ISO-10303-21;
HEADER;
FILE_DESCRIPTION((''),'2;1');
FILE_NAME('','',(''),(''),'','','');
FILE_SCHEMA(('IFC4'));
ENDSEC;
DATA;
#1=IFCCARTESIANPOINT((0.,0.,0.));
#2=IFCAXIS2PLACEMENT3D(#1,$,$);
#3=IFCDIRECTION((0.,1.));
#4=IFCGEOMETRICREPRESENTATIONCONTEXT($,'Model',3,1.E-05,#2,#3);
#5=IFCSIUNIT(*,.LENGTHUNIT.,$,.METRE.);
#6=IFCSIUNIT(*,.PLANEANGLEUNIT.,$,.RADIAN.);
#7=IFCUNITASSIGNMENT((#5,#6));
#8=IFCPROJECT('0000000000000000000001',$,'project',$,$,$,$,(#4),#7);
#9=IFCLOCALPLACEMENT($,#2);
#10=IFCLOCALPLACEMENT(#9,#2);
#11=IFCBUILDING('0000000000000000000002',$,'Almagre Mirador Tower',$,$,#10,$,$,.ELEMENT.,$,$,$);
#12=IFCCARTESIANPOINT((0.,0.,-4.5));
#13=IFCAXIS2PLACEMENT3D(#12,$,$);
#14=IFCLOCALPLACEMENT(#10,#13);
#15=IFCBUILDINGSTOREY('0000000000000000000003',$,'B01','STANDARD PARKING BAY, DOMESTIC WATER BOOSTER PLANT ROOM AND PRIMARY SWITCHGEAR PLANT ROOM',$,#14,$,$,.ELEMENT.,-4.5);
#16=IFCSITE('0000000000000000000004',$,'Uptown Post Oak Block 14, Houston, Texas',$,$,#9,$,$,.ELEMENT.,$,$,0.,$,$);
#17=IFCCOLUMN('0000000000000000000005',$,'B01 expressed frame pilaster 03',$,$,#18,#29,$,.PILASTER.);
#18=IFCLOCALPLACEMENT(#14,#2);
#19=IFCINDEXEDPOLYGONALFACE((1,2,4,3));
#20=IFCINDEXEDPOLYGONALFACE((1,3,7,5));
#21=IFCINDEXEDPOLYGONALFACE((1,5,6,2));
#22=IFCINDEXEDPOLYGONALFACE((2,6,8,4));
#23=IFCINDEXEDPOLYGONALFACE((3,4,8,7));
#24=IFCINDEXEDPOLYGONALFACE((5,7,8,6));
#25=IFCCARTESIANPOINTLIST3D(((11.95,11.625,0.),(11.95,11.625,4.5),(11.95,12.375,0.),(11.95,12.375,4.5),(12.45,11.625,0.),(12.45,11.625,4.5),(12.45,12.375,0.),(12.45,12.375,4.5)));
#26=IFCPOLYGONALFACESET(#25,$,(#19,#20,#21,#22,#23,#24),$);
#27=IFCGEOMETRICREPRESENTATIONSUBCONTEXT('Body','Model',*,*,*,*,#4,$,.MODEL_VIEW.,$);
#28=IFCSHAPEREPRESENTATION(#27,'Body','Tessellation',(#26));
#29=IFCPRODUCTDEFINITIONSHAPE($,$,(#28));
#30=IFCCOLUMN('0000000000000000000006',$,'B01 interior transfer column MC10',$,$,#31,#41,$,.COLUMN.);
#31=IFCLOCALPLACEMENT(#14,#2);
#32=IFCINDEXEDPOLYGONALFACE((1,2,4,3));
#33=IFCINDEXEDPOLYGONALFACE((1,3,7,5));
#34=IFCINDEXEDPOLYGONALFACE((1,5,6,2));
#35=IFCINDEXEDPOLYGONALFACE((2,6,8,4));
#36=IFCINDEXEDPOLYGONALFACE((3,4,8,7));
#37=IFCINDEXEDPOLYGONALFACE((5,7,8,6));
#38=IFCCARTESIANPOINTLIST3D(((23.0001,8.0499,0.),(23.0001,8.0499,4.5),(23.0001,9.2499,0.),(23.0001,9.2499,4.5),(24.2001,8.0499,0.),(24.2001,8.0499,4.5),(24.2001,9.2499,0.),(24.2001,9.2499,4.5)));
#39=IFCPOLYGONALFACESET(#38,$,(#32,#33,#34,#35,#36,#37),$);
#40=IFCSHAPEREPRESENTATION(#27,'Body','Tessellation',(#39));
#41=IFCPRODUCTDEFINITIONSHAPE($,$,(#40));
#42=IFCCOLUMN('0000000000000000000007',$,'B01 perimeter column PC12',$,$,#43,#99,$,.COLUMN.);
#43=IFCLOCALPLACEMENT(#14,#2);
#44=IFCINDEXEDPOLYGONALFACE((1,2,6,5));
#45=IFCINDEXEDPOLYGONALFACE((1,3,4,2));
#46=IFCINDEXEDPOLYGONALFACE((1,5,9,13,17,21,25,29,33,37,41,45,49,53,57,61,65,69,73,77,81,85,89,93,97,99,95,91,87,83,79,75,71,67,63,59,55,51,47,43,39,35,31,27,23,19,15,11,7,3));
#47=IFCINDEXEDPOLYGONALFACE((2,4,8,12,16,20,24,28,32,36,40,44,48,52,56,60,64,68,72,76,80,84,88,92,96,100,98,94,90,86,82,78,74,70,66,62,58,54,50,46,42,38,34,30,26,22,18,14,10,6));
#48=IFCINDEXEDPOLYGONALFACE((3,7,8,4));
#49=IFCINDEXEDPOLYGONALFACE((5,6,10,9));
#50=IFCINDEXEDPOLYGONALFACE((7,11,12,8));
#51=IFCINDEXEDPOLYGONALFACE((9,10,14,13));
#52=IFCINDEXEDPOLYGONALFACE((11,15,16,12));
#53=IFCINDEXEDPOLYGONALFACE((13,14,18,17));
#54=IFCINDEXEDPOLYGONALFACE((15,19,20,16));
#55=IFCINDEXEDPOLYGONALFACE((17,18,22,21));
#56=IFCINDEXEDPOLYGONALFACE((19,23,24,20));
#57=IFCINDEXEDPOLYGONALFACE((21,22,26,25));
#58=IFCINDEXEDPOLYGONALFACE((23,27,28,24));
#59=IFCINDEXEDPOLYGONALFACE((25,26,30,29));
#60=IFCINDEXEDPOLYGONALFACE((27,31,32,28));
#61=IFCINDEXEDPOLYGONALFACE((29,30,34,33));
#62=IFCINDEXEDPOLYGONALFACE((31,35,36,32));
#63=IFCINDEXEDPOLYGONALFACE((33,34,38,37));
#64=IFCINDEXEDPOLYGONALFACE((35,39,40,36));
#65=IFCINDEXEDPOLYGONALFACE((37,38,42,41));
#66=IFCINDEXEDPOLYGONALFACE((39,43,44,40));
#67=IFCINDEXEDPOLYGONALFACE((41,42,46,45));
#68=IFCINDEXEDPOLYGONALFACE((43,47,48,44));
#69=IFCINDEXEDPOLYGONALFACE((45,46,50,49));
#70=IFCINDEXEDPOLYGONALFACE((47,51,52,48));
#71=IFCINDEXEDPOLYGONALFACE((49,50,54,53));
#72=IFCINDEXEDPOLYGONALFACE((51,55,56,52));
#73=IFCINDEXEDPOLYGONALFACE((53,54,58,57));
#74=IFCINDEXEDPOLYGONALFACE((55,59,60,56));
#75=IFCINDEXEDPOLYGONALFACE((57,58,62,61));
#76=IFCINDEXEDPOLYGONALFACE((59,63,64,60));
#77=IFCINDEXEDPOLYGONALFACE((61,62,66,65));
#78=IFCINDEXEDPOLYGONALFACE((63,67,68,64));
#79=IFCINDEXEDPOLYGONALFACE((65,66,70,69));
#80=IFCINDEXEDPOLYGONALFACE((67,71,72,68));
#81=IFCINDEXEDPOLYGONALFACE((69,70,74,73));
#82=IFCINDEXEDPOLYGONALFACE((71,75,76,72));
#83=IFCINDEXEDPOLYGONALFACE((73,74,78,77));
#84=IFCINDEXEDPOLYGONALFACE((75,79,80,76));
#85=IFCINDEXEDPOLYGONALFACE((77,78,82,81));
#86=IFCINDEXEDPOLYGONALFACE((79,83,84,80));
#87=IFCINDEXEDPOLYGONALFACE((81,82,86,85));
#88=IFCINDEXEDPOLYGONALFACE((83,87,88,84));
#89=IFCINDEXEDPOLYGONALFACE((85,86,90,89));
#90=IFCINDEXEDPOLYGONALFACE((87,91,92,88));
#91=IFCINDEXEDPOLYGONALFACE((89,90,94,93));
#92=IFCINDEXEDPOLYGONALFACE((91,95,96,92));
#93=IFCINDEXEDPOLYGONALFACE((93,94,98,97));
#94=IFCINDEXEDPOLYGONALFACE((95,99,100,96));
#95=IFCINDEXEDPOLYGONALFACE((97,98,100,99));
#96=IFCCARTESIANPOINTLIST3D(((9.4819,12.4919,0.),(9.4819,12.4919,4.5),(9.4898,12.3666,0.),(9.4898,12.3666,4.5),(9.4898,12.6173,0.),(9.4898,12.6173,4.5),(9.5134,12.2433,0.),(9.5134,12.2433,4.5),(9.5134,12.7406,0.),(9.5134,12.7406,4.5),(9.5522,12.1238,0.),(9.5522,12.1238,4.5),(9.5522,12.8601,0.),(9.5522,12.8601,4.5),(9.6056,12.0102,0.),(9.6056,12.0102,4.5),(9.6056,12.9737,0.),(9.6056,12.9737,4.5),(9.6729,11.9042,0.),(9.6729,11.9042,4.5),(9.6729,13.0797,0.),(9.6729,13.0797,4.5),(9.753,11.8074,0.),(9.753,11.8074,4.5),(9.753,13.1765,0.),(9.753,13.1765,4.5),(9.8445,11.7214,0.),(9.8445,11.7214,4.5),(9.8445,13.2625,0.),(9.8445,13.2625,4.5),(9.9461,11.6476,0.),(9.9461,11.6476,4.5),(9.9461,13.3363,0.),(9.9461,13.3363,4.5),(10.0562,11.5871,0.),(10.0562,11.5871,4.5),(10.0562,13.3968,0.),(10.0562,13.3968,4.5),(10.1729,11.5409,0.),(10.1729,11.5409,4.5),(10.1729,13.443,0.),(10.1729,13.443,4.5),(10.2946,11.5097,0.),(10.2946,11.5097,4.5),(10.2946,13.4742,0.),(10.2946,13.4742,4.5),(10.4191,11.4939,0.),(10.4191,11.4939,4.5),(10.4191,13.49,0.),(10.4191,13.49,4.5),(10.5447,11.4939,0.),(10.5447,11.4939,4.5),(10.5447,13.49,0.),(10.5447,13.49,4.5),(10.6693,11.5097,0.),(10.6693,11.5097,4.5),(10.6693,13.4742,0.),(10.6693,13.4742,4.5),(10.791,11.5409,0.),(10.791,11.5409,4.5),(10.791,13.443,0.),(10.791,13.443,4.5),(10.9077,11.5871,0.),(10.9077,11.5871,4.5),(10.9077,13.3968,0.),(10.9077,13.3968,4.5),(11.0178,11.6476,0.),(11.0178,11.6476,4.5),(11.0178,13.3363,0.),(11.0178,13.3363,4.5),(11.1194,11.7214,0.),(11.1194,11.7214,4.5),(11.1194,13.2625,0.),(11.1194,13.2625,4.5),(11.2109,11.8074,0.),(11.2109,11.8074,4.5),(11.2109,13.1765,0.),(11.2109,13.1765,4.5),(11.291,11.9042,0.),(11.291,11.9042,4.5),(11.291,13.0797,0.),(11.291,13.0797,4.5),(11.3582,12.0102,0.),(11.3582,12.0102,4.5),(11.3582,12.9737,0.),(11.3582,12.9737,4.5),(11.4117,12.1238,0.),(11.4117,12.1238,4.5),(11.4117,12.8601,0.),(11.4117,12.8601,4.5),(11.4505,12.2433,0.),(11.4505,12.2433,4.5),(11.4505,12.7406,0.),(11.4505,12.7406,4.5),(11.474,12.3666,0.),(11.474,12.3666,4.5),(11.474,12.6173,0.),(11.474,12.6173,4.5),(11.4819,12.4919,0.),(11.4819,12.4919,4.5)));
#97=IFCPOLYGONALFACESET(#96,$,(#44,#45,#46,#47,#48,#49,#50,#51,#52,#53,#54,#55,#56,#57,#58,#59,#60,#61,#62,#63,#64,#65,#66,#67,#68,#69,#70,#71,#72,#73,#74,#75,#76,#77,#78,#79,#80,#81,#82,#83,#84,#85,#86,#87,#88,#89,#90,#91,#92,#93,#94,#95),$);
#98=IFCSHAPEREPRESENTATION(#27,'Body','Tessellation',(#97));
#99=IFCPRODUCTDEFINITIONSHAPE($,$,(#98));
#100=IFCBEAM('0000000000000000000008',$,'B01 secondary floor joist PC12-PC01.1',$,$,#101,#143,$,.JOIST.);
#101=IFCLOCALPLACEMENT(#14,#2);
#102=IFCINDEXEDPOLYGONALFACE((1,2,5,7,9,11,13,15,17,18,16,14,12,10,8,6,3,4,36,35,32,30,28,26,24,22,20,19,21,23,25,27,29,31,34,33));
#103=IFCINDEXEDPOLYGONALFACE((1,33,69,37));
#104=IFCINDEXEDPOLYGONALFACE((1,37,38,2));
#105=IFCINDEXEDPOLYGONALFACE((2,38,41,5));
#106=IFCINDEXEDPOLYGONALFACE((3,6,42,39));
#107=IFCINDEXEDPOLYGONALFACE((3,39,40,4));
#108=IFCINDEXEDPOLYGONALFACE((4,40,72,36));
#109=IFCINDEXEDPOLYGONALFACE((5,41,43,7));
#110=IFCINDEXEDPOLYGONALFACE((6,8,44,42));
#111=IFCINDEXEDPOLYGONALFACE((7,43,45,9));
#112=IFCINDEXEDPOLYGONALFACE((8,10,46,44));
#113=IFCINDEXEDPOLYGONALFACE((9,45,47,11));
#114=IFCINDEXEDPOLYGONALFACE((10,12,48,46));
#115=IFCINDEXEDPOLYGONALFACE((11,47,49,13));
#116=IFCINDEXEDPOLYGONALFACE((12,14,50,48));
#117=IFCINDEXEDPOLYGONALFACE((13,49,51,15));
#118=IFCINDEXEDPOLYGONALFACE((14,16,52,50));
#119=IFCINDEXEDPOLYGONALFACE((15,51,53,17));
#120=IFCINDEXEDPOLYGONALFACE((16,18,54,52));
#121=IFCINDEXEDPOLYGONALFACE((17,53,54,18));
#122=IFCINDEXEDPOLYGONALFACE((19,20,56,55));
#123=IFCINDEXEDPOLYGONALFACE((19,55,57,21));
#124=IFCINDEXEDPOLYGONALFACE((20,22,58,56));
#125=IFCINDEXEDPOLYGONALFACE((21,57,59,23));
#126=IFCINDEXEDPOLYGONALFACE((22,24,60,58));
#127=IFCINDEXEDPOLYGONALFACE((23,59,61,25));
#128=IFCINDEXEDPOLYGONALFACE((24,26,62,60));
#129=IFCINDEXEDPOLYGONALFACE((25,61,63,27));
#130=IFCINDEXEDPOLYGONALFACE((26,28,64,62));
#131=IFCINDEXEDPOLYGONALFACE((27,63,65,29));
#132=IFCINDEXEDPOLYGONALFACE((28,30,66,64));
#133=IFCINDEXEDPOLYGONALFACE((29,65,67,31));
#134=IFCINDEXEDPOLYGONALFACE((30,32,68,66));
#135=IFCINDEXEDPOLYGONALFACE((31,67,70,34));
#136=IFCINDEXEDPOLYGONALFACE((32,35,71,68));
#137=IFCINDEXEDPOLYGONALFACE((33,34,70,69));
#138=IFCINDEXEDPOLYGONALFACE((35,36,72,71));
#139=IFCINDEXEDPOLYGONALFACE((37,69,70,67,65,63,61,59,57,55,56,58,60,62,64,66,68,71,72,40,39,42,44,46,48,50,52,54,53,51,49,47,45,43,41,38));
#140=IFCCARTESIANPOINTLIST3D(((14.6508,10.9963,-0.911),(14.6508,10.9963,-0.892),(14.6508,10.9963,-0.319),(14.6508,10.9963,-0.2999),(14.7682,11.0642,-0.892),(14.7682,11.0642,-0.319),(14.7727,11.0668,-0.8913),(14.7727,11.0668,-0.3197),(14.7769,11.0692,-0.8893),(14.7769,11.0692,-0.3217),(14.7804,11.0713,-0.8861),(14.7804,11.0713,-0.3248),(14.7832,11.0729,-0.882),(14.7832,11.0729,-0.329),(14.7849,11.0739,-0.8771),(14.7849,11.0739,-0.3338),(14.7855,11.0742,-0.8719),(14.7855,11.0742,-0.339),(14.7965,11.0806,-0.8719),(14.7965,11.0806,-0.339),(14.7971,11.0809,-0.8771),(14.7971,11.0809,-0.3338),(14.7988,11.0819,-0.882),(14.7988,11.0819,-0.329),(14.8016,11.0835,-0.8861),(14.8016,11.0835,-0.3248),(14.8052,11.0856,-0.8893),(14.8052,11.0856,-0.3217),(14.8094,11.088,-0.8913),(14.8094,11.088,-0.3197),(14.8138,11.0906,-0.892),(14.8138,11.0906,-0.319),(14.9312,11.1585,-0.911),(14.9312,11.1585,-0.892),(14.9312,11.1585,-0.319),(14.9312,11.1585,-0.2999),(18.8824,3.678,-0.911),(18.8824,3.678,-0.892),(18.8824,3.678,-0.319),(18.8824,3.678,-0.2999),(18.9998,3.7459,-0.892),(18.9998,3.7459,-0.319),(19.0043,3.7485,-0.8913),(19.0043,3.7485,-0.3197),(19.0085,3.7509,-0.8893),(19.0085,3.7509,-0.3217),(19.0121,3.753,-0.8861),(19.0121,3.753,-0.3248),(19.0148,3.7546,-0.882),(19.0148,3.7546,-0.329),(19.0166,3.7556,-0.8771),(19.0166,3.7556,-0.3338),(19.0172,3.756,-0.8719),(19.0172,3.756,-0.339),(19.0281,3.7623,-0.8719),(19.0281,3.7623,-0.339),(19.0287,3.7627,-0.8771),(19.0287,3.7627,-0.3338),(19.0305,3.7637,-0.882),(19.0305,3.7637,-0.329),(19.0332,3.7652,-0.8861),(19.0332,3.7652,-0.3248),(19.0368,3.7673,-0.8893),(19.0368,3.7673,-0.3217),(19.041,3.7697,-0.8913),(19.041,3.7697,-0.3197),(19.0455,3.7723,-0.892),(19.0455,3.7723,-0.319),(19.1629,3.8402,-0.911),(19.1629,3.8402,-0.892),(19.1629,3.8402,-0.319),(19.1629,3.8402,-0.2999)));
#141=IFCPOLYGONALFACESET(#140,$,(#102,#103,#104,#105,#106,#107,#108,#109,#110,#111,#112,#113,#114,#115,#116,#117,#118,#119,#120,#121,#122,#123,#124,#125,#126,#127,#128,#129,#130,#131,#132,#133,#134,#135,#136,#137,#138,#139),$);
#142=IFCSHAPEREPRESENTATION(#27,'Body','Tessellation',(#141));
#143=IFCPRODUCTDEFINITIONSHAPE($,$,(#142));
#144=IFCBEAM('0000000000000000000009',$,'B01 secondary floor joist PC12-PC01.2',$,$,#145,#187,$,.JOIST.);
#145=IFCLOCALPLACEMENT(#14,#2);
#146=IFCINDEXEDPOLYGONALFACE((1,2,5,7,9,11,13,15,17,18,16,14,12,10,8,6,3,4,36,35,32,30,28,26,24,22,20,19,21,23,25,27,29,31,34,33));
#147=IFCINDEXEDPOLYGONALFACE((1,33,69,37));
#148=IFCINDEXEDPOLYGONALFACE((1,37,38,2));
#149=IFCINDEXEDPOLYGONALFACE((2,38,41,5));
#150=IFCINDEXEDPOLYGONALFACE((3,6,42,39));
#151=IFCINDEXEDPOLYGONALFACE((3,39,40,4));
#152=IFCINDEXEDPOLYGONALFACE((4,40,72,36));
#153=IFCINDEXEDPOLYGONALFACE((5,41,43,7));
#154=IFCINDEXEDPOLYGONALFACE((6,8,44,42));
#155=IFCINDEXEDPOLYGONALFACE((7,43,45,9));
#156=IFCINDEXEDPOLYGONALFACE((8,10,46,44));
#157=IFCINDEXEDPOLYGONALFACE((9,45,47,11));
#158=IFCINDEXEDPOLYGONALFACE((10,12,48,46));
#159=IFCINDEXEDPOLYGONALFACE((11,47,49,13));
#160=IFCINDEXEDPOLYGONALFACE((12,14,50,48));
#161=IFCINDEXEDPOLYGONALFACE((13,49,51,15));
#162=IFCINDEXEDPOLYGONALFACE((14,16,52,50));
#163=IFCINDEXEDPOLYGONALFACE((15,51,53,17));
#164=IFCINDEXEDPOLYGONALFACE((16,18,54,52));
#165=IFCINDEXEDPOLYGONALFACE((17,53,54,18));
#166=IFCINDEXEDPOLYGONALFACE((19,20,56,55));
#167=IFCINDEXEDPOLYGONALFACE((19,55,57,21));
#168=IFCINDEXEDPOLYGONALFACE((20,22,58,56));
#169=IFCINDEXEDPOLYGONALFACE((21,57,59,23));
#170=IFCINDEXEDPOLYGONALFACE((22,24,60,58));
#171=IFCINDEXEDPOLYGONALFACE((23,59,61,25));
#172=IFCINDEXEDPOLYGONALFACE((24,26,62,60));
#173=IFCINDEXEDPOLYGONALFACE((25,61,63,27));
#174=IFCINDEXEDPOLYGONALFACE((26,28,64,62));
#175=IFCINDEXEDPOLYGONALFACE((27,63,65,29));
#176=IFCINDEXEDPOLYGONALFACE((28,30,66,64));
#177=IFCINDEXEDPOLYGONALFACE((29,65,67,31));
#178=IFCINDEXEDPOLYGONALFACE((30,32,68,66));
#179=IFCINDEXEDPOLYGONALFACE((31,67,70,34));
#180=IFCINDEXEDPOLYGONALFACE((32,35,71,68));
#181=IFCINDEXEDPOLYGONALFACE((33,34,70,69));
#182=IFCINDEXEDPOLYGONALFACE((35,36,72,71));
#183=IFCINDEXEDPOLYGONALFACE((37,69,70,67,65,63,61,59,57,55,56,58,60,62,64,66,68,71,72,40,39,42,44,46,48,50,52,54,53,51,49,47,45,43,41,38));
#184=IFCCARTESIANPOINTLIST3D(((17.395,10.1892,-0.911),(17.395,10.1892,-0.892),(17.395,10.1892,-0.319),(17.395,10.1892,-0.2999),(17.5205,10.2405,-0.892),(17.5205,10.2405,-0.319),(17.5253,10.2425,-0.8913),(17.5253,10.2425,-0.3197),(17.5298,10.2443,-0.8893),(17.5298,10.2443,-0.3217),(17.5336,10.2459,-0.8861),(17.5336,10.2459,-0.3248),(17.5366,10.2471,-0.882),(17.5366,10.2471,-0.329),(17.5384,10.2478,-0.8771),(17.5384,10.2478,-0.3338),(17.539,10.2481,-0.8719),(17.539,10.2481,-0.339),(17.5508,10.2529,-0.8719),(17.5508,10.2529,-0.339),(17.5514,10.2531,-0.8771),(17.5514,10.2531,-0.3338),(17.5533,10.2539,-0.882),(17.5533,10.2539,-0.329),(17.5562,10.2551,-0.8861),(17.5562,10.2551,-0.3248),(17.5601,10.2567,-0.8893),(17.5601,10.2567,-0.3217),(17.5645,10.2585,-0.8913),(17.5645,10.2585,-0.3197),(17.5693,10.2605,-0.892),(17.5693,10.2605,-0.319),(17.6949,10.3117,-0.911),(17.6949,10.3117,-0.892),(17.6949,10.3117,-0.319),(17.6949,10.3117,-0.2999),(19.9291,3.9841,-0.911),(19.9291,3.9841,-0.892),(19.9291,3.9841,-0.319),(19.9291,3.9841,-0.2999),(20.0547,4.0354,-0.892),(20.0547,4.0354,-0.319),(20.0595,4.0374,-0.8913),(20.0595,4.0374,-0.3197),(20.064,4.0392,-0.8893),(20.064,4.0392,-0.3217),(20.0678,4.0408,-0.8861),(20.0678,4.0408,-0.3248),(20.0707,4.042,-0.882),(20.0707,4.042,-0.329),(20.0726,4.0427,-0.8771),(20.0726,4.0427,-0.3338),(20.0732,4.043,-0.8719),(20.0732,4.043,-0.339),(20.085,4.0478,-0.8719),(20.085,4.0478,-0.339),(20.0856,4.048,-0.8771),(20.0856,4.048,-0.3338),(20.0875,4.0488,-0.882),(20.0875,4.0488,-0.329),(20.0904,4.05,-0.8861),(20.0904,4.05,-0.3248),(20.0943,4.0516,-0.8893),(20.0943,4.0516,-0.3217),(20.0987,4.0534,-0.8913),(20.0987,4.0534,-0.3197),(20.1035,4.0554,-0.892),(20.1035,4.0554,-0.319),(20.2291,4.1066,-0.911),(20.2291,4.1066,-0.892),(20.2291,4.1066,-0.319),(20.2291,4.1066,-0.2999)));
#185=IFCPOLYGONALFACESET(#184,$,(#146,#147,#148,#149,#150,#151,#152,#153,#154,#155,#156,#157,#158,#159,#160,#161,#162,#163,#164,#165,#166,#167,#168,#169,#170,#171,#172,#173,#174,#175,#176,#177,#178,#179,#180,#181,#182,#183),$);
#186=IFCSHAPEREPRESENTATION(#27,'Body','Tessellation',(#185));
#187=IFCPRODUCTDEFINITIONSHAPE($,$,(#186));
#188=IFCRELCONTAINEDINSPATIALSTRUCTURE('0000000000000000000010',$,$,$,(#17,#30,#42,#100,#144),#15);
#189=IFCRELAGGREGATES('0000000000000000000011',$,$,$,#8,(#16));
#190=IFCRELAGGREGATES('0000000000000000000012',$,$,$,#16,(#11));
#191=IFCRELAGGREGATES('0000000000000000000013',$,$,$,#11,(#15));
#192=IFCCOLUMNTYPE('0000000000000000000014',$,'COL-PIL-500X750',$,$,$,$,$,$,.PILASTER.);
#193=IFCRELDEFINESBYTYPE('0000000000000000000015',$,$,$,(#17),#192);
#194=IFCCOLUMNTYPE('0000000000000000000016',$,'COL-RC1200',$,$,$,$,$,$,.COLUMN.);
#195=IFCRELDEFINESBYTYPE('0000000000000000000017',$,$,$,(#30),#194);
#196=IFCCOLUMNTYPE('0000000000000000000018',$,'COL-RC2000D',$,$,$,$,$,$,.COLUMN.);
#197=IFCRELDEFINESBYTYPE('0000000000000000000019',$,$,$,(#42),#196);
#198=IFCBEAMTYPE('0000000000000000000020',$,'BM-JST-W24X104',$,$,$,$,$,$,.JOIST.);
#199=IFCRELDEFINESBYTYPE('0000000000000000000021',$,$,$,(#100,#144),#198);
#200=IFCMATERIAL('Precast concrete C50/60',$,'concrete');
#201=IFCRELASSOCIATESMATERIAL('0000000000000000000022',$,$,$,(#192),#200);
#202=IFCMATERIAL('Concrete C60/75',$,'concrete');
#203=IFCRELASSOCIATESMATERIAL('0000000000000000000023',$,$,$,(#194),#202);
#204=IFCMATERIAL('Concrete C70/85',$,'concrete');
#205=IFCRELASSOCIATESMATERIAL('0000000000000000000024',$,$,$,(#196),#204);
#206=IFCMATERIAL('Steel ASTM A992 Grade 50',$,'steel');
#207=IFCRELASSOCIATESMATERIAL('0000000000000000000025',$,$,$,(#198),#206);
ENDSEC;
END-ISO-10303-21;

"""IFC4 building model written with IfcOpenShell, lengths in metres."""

from ifc_helpers import new_model, si_unit, direction, frame, origin, origin_2d, place, context, subcontext, project, spatial, rectangle, circle, i_section, extrude, material, material_profile, profile_set, type_object, element, save


model = new_model("IFC4")

# Units and contexts
model_context = context("Model", 3, precision=1e-05, world=origin(), true_north=direction((0.0, 1.0)))
body_context = subcontext(model_context, "Body", "Model", "MODEL_VIEW")
ifc_project = project(units=[si_unit("LENGTHUNIT", "METRE"), si_unit("PLANEANGLEUNIT", "RADIAN")], contexts=[model_context])

# Site, building, storey
site_placement = place(None, origin())
site = spatial("IfcSite", under=ifc_project, at=site_placement, Name="Uptown Post Oak Block 14, Houston, Texas", CompositionType="ELEMENT", RefElevation=0.0)
building_placement = place(site_placement, origin())
building = spatial("IfcBuilding", under=site, at=building_placement, Name="Almagre Mirador Tower", CompositionType="ELEMENT")
storey_placement = place(building_placement, frame((0.0, 0.0, -4.5)))
storey = spatial("IfcBuildingStorey", under=building, at=storey_placement, Name="B01", Description="STANDARD PARKING BAY, DOMESTIC WATER BOOSTER PLANT ROOM AND PRIMARY SWITCHGEAR PLANT ROOM", CompositionType="ELEMENT", Elevation=-4.5)

# Columns
ifc_material_1 = material(Name="Precast concrete C50/60", Category="concrete")
ifc_material_profile_1 = material_profile(ifc_material_1, rectangle(XDim=0.5, YDim=0.75, at=origin_2d()), Name="RC500X750")
ifc_profile_set_1 = profile_set([ifc_material_profile_1], Name="Precast concrete C50/60")
column_type_1 = type_object("IfcColumnType", Name="COL-PIL-500X750", PredefinedType="PILASTER", material=ifc_profile_set_1)
column_1_placement = place(storey_placement, frame((12.2, 12.0, 0.0), z_axis=(0.0, 0.0, 1.0), x_axis=(1.0, 0.0, 0.0)))
element("IfcColumn", 1, at=column_1_placement, inside=storey, type_object=column_type_1, Name="B01 expressed frame pilaster 03", PredefinedType="PILASTER", context=body_context, shape_type="SweptSolid", body=[
    extrude(rectangle(XDim=0.5, YDim=0.75, at=origin_2d()), origin(), (0.0, 0.0, 1.0), 4.5),
])
ifc_material_2 = material(Name="Concrete C60/75", Category="concrete")
ifc_material_profile_2 = material_profile(ifc_material_2, rectangle(XDim=1.2, YDim=1.2, at=origin_2d()), Name="RC1200X1200")
ifc_profile_set_2 = profile_set([ifc_material_profile_2], Name="Concrete C60/75")
column_type_2 = type_object("IfcColumnType", Name="COL-RC1200", PredefinedType="COLUMN", material=ifc_profile_set_2)
column_2_placement = place(storey_placement, frame((23.6001, 8.6499, 0.0), z_axis=(0.0, 0.0, 1.0), x_axis=(1.0, 0.0, 0.0)))
element("IfcColumn", 2, at=column_2_placement, inside=storey, type_object=column_type_2, Name="B01 interior transfer column MC10", PredefinedType="COLUMN", context=body_context, shape_type="SweptSolid", body=[
    extrude(rectangle(XDim=1.2, YDim=1.2, at=origin_2d()), origin(), (0.0, 0.0, 1.0), 4.5),
])
ifc_material_3 = material(Name="Concrete C70/85", Category="concrete")
ifc_material_profile_3 = material_profile(ifc_material_3, circle(Radius=1.0, at=origin_2d()), Name="RC2000D")
ifc_profile_set_3 = profile_set([ifc_material_profile_3], Name="Concrete C70/85")
column_type_3 = type_object("IfcColumnType", Name="COL-RC2000D", PredefinedType="COLUMN", material=ifc_profile_set_3)
column_3_placement = place(storey_placement, frame((10.4819, 12.4919, 0.0), z_axis=(0.0, 0.0, 1.0), x_axis=(1.0, 0.0, 0.0)))
element("IfcColumn", 3, at=column_3_placement, inside=storey, type_object=column_type_3, Name="B01 perimeter column PC12", PredefinedType="COLUMN", context=body_context, shape_type="SweptSolid", body=[
    extrude(circle(Radius=1.0, at=origin_2d()), origin(), (0.0, 0.0, 1.0), 4.5),
])

# Beams
ifc_material_4 = material(Name="Steel ASTM A992 Grade 50", Category="steel")
ifc_material_profile_4 = material_profile(ifc_material_4, i_section(OverallWidth=0.324, OverallDepth=0.6111, WebThickness=0.0127, FlangeThickness=0.019, FilletRadius=0.02, at=origin_2d()), Name="W24X104")
ifc_profile_set_4 = profile_set([ifc_material_profile_4], Name="Steel ASTM A992 Grade 50")
beam_type_1 = type_object("IfcBeamType", Name="BM-JST-W24X104", PredefinedType="JOIST", material=ifc_profile_set_4)
beam_1_placement = place(storey_placement, frame((14.791, 11.0774, -0.6055), z_axis=(0.500571, -0.865696, 0.0), x_axis=(0.865696, 0.500571, 0.0)))
element("IfcBeam", 4, at=beam_1_placement, inside=storey, type_object=beam_type_1, Name="B01 secondary floor joist PC12-PC01.1", PredefinedType="JOIST", context=body_context, shape_type="SweptSolid", body=[
    extrude(i_section(OverallWidth=0.324, OverallDepth=0.6111, WebThickness=0.0127, FlangeThickness=0.019, FilletRadius=0.02, at=origin_2d()), origin(), (0.0, 0.0, 1.0), 8.4536),
])
beam_2_placement = place(storey_placement, frame((17.5449, 10.2505, -0.6055), z_axis=(0.378088, -0.92577, 0.0), x_axis=(0.92577, 0.378088, 0.0)))
element("IfcBeam", 5, at=beam_2_placement, inside=storey, type_object=beam_type_1, Name="B01 secondary floor joist PC12-PC01.2", PredefinedType="JOIST", context=body_context, shape_type="SweptSolid", body=[
    extrude(i_section(OverallWidth=0.324, OverallDepth=0.6111, WebThickness=0.0127, FlangeThickness=0.019, FilletRadius=0.02, at=origin_2d()), origin(), (0.0, 0.0, 1.0), 6.7026),
])

save(model, "model.ifc")
